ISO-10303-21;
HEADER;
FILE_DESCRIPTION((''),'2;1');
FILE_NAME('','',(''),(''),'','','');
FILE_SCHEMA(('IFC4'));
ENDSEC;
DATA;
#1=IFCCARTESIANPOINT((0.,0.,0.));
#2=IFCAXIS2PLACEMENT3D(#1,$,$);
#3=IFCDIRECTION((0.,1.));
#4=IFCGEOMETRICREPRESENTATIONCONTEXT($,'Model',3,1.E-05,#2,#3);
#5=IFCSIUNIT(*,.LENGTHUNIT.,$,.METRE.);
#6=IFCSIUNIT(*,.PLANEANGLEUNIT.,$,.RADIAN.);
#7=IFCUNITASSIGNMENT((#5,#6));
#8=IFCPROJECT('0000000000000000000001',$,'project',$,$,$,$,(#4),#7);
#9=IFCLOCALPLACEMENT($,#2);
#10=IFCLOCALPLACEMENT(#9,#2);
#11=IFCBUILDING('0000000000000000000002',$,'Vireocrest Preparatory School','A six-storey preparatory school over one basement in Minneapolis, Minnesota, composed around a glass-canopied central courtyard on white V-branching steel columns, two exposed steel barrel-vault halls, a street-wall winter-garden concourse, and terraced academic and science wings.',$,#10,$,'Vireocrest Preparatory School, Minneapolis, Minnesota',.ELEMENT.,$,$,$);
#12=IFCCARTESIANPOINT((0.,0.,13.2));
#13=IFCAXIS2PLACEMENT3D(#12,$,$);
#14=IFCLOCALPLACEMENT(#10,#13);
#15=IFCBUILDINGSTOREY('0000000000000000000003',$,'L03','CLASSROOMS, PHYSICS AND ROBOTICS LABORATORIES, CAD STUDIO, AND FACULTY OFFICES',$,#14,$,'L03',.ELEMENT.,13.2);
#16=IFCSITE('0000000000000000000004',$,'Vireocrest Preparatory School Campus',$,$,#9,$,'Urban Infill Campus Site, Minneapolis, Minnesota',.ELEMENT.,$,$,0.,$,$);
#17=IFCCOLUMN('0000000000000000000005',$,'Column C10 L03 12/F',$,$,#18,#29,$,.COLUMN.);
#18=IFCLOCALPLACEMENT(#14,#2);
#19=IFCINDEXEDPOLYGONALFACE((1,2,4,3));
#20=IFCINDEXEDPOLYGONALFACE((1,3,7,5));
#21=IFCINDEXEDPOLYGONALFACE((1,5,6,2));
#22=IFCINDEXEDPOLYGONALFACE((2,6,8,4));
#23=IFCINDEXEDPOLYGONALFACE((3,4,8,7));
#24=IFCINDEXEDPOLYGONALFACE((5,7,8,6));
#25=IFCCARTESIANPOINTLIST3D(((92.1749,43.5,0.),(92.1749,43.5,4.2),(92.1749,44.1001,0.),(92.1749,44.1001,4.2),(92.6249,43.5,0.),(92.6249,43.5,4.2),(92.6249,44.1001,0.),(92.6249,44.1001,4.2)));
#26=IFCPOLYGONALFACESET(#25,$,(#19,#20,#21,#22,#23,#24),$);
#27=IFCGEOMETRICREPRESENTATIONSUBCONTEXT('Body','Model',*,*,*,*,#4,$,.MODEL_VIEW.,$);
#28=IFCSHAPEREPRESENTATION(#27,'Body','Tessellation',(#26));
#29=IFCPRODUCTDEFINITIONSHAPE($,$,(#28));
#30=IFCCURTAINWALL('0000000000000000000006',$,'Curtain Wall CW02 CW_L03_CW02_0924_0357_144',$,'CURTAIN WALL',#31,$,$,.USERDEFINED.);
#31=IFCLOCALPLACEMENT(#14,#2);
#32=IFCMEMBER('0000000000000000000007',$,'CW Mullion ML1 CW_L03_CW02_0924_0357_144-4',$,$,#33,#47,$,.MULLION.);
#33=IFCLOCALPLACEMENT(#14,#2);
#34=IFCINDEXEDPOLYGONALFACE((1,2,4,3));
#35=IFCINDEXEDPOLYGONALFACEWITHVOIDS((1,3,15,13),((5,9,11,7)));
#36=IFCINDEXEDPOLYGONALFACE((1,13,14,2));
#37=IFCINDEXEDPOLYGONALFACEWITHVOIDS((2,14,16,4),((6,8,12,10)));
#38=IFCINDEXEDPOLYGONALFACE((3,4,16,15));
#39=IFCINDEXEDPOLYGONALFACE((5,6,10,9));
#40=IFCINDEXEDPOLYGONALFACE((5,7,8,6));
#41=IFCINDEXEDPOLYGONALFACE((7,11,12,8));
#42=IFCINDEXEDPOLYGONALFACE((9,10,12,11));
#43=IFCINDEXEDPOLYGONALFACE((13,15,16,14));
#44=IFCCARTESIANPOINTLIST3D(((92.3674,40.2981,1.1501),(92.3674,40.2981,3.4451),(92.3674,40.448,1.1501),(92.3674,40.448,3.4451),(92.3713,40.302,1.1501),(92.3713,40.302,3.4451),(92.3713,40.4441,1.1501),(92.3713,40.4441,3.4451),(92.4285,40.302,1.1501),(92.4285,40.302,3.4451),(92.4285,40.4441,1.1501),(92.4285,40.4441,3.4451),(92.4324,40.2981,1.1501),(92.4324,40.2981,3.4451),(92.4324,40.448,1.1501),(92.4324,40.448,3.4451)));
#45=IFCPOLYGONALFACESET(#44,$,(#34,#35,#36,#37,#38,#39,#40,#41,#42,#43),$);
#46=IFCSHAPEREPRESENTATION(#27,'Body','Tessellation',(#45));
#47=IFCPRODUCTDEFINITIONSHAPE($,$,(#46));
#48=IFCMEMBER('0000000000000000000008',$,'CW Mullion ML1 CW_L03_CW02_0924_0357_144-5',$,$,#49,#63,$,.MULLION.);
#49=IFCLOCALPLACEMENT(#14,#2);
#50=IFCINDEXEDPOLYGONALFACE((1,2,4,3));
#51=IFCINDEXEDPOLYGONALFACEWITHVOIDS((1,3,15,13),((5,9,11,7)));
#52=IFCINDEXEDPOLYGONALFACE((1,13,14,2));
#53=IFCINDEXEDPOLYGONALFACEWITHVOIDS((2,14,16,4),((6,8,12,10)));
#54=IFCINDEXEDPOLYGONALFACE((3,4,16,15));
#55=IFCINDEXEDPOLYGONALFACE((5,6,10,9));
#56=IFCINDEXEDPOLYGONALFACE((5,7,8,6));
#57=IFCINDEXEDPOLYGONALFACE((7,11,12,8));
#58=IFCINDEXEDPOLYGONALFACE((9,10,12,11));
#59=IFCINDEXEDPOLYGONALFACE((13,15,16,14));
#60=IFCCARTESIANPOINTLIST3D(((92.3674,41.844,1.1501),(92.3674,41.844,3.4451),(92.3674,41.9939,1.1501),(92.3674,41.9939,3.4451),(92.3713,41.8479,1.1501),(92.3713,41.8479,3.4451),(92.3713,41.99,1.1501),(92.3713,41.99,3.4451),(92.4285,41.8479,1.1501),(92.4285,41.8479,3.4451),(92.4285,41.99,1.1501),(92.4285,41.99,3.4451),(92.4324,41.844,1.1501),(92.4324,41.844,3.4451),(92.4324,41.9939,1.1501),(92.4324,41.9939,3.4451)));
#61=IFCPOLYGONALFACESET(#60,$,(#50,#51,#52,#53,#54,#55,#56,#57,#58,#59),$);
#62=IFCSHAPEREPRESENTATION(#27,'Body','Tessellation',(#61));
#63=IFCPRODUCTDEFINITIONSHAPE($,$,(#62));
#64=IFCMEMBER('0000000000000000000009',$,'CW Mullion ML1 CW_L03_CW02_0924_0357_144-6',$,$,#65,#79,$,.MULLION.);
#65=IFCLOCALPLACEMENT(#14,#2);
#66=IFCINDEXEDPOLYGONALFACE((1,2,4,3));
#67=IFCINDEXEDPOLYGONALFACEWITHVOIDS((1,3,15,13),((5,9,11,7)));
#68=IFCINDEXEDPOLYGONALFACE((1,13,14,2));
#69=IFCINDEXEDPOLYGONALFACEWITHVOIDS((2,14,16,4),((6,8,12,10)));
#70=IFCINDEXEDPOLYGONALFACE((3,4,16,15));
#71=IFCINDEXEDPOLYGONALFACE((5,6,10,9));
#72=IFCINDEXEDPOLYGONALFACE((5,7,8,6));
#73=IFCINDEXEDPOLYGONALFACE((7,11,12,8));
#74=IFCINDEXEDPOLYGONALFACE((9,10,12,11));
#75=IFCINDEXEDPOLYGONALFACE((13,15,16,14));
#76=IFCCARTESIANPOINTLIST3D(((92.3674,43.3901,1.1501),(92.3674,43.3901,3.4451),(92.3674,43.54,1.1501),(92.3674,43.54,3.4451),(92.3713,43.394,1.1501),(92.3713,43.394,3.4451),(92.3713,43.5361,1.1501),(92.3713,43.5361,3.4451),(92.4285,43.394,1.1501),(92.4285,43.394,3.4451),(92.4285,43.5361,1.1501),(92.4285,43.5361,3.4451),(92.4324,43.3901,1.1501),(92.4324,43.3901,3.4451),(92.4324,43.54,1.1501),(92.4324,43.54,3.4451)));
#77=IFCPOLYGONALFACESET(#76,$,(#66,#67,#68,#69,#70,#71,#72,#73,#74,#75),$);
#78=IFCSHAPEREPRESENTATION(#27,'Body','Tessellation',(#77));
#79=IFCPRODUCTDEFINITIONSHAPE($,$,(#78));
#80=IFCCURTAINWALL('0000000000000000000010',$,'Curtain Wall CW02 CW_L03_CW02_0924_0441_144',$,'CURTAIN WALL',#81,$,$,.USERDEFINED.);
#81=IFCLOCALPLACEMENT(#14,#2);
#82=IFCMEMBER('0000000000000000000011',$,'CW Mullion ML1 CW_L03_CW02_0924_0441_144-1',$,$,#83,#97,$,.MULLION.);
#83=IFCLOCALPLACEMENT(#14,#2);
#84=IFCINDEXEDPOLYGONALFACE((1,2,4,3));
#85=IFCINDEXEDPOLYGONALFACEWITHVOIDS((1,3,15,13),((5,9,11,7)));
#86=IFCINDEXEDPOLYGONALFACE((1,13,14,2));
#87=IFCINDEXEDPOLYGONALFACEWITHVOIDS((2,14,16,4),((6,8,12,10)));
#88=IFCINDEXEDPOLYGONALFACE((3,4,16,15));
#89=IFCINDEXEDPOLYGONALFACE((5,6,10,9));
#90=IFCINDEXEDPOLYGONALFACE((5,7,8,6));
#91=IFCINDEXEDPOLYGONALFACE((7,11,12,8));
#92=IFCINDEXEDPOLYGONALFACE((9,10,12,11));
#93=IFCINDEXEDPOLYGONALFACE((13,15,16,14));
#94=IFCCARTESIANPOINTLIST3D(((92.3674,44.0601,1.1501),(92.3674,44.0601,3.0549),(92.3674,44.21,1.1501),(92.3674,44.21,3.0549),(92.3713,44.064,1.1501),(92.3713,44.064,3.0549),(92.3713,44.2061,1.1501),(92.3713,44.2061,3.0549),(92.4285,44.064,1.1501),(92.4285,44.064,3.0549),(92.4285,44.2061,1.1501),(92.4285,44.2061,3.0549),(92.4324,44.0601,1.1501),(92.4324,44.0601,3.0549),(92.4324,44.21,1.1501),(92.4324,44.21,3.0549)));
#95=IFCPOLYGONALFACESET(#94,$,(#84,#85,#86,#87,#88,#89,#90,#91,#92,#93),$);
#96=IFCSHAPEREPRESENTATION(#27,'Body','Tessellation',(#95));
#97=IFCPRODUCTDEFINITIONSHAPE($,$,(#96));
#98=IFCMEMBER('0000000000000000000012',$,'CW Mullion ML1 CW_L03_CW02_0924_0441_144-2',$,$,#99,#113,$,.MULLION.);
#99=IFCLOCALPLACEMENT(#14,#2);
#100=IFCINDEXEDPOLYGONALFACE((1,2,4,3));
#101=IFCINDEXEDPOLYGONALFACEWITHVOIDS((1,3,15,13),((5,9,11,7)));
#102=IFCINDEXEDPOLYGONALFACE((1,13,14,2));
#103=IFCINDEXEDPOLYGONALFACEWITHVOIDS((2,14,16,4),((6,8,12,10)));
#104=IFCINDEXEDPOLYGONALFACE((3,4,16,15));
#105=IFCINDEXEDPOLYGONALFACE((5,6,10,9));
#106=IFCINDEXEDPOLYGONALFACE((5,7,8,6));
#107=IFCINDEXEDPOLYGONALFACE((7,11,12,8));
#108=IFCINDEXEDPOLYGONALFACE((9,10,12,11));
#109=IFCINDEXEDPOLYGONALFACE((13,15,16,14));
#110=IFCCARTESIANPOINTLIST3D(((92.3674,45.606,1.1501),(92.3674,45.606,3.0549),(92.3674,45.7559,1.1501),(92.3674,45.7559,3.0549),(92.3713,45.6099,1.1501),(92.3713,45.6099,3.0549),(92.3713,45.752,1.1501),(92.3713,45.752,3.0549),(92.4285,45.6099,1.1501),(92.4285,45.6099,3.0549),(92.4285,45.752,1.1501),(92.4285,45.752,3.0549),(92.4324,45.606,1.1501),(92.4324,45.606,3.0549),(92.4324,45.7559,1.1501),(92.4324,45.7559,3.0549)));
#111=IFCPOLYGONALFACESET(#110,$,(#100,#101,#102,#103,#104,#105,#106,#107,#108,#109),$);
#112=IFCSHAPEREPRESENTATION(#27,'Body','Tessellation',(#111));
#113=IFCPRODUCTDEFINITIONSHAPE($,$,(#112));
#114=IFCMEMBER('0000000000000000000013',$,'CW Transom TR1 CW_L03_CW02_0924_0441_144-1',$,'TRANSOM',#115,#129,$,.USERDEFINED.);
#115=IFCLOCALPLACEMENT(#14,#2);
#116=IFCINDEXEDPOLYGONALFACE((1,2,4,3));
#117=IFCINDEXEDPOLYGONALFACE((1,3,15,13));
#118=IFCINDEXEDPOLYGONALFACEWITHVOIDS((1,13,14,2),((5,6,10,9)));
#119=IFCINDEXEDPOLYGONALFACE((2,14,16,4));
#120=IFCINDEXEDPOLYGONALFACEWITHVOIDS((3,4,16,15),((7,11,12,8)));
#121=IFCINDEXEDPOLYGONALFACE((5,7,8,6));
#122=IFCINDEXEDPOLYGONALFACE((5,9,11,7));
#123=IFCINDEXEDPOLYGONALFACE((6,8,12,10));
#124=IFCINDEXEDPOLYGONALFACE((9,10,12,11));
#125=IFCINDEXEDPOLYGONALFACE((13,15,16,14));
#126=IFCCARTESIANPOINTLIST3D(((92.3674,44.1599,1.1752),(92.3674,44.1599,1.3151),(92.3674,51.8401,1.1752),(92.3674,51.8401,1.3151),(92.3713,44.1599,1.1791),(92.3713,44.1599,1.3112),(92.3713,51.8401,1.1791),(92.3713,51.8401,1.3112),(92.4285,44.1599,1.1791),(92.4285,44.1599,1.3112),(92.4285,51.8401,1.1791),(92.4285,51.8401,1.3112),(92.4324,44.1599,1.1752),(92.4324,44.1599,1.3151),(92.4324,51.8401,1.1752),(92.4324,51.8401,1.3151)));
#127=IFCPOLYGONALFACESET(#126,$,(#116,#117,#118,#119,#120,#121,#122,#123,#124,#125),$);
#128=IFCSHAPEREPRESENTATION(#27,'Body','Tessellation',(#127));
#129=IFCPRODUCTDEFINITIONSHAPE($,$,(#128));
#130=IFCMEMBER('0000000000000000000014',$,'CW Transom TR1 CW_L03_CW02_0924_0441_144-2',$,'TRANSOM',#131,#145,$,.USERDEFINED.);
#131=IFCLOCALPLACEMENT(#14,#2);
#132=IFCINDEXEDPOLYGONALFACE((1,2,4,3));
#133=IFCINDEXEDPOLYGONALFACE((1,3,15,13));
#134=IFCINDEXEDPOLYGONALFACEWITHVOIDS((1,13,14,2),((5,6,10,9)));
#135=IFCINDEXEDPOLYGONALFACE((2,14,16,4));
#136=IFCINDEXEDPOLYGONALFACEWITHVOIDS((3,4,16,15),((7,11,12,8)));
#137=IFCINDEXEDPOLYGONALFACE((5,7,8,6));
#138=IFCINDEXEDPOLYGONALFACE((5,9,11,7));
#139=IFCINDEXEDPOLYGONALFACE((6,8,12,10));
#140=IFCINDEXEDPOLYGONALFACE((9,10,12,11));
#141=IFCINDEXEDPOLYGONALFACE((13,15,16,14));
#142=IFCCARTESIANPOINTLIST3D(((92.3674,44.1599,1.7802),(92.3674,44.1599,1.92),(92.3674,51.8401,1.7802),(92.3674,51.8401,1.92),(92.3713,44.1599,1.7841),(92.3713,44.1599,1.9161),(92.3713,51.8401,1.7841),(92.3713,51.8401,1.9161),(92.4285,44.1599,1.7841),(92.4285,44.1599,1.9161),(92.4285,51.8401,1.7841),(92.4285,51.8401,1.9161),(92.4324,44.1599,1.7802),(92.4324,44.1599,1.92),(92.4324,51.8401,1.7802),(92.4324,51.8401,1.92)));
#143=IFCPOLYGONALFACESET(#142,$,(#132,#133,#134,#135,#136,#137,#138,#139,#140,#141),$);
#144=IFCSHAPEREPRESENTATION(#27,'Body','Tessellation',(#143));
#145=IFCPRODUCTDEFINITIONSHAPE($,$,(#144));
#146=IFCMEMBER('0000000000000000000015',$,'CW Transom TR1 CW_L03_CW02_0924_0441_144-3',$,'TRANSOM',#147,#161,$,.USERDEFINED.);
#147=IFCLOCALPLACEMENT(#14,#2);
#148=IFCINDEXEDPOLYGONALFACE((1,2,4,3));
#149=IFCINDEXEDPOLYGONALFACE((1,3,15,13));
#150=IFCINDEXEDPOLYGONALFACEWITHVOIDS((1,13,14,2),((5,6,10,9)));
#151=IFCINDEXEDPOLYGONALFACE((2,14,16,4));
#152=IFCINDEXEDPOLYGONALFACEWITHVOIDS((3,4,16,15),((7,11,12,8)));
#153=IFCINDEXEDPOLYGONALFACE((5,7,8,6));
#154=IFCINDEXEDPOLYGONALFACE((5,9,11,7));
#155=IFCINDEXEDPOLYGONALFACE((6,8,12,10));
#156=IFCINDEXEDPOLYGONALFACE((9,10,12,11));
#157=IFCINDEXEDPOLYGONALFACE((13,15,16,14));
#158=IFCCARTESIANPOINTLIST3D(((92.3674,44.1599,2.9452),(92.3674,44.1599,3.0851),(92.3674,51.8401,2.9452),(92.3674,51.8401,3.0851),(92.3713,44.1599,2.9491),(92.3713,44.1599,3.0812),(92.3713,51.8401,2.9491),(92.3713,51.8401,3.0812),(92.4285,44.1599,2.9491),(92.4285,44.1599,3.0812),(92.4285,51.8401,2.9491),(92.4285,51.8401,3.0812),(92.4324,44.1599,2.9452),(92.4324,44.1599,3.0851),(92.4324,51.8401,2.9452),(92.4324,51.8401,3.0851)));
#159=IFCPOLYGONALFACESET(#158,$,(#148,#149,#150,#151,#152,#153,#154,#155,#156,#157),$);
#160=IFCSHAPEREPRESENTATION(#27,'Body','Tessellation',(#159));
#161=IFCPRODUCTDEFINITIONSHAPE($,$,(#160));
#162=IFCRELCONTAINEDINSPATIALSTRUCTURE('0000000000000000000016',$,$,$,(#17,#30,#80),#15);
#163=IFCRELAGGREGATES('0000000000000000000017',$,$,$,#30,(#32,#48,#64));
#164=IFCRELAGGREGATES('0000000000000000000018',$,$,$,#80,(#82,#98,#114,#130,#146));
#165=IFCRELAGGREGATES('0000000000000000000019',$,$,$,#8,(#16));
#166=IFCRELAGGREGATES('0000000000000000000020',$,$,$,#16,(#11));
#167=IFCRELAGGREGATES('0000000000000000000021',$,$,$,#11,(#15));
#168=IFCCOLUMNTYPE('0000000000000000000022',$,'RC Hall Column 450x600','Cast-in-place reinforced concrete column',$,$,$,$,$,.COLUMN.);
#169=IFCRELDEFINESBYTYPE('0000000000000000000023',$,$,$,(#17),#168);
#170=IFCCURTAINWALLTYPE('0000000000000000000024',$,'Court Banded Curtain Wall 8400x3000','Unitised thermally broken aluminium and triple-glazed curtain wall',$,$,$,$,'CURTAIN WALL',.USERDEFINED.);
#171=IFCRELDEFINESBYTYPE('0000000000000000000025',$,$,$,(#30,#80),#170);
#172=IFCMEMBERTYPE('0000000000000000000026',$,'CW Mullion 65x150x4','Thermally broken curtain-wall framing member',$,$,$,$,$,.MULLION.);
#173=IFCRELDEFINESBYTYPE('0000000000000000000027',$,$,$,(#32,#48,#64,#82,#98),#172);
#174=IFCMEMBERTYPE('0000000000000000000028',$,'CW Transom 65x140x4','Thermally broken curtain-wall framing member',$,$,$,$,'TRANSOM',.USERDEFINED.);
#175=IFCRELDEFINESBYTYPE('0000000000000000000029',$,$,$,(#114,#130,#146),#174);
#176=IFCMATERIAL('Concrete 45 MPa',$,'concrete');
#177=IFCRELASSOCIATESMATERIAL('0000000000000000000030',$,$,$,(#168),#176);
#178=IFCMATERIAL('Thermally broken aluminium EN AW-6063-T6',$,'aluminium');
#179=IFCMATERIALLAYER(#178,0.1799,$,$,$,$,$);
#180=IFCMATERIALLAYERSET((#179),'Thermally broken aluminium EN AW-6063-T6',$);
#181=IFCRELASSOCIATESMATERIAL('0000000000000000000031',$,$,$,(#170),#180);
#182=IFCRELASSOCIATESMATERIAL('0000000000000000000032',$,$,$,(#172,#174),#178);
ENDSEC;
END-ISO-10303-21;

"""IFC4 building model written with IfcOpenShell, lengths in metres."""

from ifc_helpers import new_model, si_unit, direction, frame, origin, origin_2d, place, context, subcontext, project, spatial, rectangle, hollow_rectangle, extrude, material, layer, layer_set, material_profile, profile_set, type_object, element, aggregate, save


model = new_model("IFC4")

# Units and contexts
model_context = context("Model", 3, precision=1e-05, world=origin(), true_north=direction((0.0, 1.0)))
body_context = subcontext(model_context, "Body", "Model", "MODEL_VIEW")
ifc_project = project(units=[si_unit("LENGTHUNIT", "METRE"), si_unit("PLANEANGLEUNIT", "RADIAN")], contexts=[model_context])

# Site, building, storey
site_placement = place(None, origin())
site = spatial("IfcSite", under=ifc_project, at=site_placement, Name="Vireocrest Preparatory School Campus", LongName="Urban Infill Campus Site, Minneapolis, Minnesota", CompositionType="ELEMENT", RefElevation=0.0)
building_placement = place(site_placement, origin())
building = spatial("IfcBuilding", under=site, at=building_placement, Name="Vireocrest Preparatory School", Description="A six-storey preparatory school over one basement in Minneapolis, Minnesota, composed around a glass-canopied central courtyard on white V-branching steel columns, two exposed steel barrel-vault halls, a street-wall winter-garden concourse, and terraced academic and science wings.", LongName="Vireocrest Preparatory School, Minneapolis, Minnesota", CompositionType="ELEMENT")
storey_placement = place(building_placement, frame((0.0, 0.0, 13.2)))
storey = spatial("IfcBuildingStorey", under=building, at=storey_placement, Name="L03", Description="CLASSROOMS, PHYSICS AND ROBOTICS LABORATORIES, CAD STUDIO, AND FACULTY OFFICES", LongName="L03", CompositionType="ELEMENT", Elevation=13.2)

# Column
ifc_material_1 = material(Name="Concrete 45 MPa", Category="concrete")
ifc_material_profile_1 = material_profile(ifc_material_1, rectangle(XDim=0.45, YDim=0.6001, at=origin_2d()), Name="RC 450x600")
ifc_profile_set_1 = profile_set([ifc_material_profile_1], Name="Concrete 45 MPa")
column_type = type_object("IfcColumnType", Name="RC Hall Column 450x600", Description="Cast-in-place reinforced concrete column", PredefinedType="COLUMN", material=ifc_profile_set_1)
column_placement = place(storey_placement, frame((92.3999, 43.8, 0.0), z_axis=(0.0, 0.0, 1.0), x_axis=(1.0, 0.0, 0.0)))
element("IfcColumn", 1, at=column_placement, inside=storey, type_object=column_type, Name="Column C10 L03 12/F", PredefinedType="COLUMN", context=body_context, shape_type="SweptSolid", body=[
    extrude(rectangle(XDim=0.45, YDim=0.6001, at=origin_2d()), origin(), (0.0, 0.0, 1.0), 4.2),
])

# Curtain walls, members
ifc_material_2 = material(Name="Thermally broken aluminium EN AW-6063-T6", Category="aluminium")
ifc_layer_1 = layer(ifc_material_2, 0.1799)
ifc_layer_set_1 = layer_set([ifc_layer_1], Name="Thermally broken aluminium EN AW-6063-T6")
curtain_wall_type = type_object("IfcCurtainWallType", Name="Court Banded Curtain Wall 8400x3000", Description="Unitised thermally broken aluminium and triple-glazed curtain wall", ElementType="CURTAIN WALL", PredefinedType="USERDEFINED", material=ifc_layer_set_1)
curtain_wall_1_placement = place(storey_placement, origin())
curtain_wall_1 = element("IfcCurtainWall", 2, at=curtain_wall_1_placement, inside=storey, type_object=curtain_wall_type, Name="Curtain Wall CW02 CW_L03_CW02_0924_0357_144", ObjectType="CURTAIN WALL", PredefinedType="USERDEFINED")
ifc_material_profile_2 = material_profile(ifc_material_2, hollow_rectangle(XDim=0.0649, YDim=0.1499, WallThickness=0.0039, at=origin_2d()), Name="ALU 65x150x4")
ifc_profile_set_2 = profile_set([ifc_material_profile_2], Name="Thermally broken aluminium EN AW-6063-T6")
member_type_1 = type_object("IfcMemberType", Name="CW Mullion 65x150x4", Description="Thermally broken curtain-wall framing member", PredefinedType="MULLION", material=ifc_profile_set_2)
member_1_placement = place(storey_placement, frame((92.3999, 40.373, 1.1501), z_axis=(0.0, 0.0, 1.0), x_axis=(1.0, 0.0, 0.0)))
member_1 = element("IfcMember", 3, at=member_1_placement, type_object=member_type_1, Name="CW Mullion ML1 CW_L03_CW02_0924_0357_144-4", PredefinedType="MULLION", context=body_context, shape_type="SweptSolid", body=[
    extrude(hollow_rectangle(XDim=0.0649, YDim=0.1499, WallThickness=0.0039, at=origin_2d()), origin(), (0.0, 0.0, 1.0), 2.2949),
])
member_2_placement = place(storey_placement, frame((92.3999, 41.9189, 1.1501), z_axis=(0.0, 0.0, 1.0), x_axis=(1.0, 0.0, 0.0)))
member_2 = element("IfcMember", 4, at=member_2_placement, type_object=member_type_1, Name="CW Mullion ML1 CW_L03_CW02_0924_0357_144-5", PredefinedType="MULLION", context=body_context, shape_type="SweptSolid", body=[
    extrude(hollow_rectangle(XDim=0.0649, YDim=0.1499, WallThickness=0.0039, at=origin_2d()), origin(), (0.0, 0.0, 1.0), 2.2949),
])
member_3_placement = place(storey_placement, frame((92.3999, 43.4651, 1.1501), z_axis=(0.0, 0.0, 1.0), x_axis=(1.0, 0.0, 0.0)))
member_3 = element("IfcMember", 5, at=member_3_placement, type_object=member_type_1, Name="CW Mullion ML1 CW_L03_CW02_0924_0357_144-6", PredefinedType="MULLION", context=body_context, shape_type="SweptSolid", body=[
    extrude(hollow_rectangle(XDim=0.0649, YDim=0.1499, WallThickness=0.0039, at=origin_2d()), origin(), (0.0, 0.0, 1.0), 2.2949),
])
curtain_wall_2_placement = place(storey_placement, origin())
curtain_wall_2 = element("IfcCurtainWall", 6, at=curtain_wall_2_placement, inside=storey, type_object=curtain_wall_type, Name="Curtain Wall CW02 CW_L03_CW02_0924_0441_144", ObjectType="CURTAIN WALL", PredefinedType="USERDEFINED")
member_4_placement = place(storey_placement, frame((92.3999, 44.135, 1.1501), z_axis=(0.0, 0.0, 1.0), x_axis=(1.0, 0.0, 0.0)))
member_4 = element("IfcMember", 7, at=member_4_placement, type_object=member_type_1, Name="CW Mullion ML1 CW_L03_CW02_0924_0441_144-1", PredefinedType="MULLION", context=body_context, shape_type="SweptSolid", body=[
    extrude(hollow_rectangle(XDim=0.0649, YDim=0.1499, WallThickness=0.0039, at=origin_2d()), origin(), (0.0, 0.0, 1.0), 1.9048),
])
member_5_placement = place(storey_placement, frame((92.3999, 45.6809, 1.1501), z_axis=(0.0, 0.0, 1.0), x_axis=(1.0, 0.0, 0.0)))
member_5 = element("IfcMember", 8, at=member_5_placement, type_object=member_type_1, Name="CW Mullion ML1 CW_L03_CW02_0924_0441_144-2", PredefinedType="MULLION", context=body_context, shape_type="SweptSolid", body=[
    extrude(hollow_rectangle(XDim=0.0649, YDim=0.1499, WallThickness=0.0039, at=origin_2d()), origin(), (0.0, 0.0, 1.0), 1.9048),
])
ifc_material_profile_3 = material_profile(ifc_material_2, hollow_rectangle(XDim=0.0649, YDim=0.1399, WallThickness=0.0039, at=origin_2d()), Name="ALU 65x140x4")
ifc_profile_set_3 = profile_set([ifc_material_profile_3], Name="Thermally broken aluminium EN AW-6063-T6")
member_type_2 = type_object("IfcMemberType", Name="CW Transom 65x140x4", Description="Thermally broken curtain-wall framing member", ElementType="TRANSOM", PredefinedType="USERDEFINED", material=ifc_profile_set_3)
member_6_placement = place(storey_placement, frame((92.3999, 44.1599, 1.2451), z_axis=(0.0, 1.0, 0.0), x_axis=(-1.0, 0.0, 0.0)))
member_6 = element("IfcMember", 9, at=member_6_placement, type_object=member_type_2, Name="CW Transom TR1 CW_L03_CW02_0924_0441_144-1", ObjectType="TRANSOM", PredefinedType="USERDEFINED", context=body_context, shape_type="SweptSolid", body=[
    extrude(hollow_rectangle(XDim=0.0649, YDim=0.1399, WallThickness=0.0039, at=origin_2d()), origin(), (0.0, 0.0, 1.0), 7.6802),
])
member_7_placement = place(storey_placement, frame((92.3999, 44.1599, 1.8501), z_axis=(0.0, 1.0, 0.0), x_axis=(-1.0, 0.0, 0.0)))
member_7 = element("IfcMember", 10, at=member_7_placement, type_object=member_type_2, Name="CW Transom TR1 CW_L03_CW02_0924_0441_144-2", ObjectType="TRANSOM", PredefinedType="USERDEFINED", context=body_context, shape_type="SweptSolid", body=[
    extrude(hollow_rectangle(XDim=0.0649, YDim=0.1399, WallThickness=0.0039, at=origin_2d()), origin(), (0.0, 0.0, 1.0), 7.6802),
])
member_8_placement = place(storey_placement, frame((92.3999, 44.1599, 3.0151), z_axis=(0.0, 1.0, 0.0), x_axis=(-1.0, 0.0, 0.0)))
member_8 = element("IfcMember", 11, at=member_8_placement, type_object=member_type_2, Name="CW Transom TR1 CW_L03_CW02_0924_0441_144-3", ObjectType="TRANSOM", PredefinedType="USERDEFINED", context=body_context, shape_type="SweptSolid", body=[
    extrude(hollow_rectangle(XDim=0.0649, YDim=0.1399, WallThickness=0.0039, at=origin_2d()), origin(), (0.0, 0.0, 1.0), 7.6802),
])

aggregate(curtain_wall_1, [member_1, member_2, member_3])
aggregate(curtain_wall_2, [member_4, member_5, member_6, member_7, member_8])

save(model, "model.ifc")
